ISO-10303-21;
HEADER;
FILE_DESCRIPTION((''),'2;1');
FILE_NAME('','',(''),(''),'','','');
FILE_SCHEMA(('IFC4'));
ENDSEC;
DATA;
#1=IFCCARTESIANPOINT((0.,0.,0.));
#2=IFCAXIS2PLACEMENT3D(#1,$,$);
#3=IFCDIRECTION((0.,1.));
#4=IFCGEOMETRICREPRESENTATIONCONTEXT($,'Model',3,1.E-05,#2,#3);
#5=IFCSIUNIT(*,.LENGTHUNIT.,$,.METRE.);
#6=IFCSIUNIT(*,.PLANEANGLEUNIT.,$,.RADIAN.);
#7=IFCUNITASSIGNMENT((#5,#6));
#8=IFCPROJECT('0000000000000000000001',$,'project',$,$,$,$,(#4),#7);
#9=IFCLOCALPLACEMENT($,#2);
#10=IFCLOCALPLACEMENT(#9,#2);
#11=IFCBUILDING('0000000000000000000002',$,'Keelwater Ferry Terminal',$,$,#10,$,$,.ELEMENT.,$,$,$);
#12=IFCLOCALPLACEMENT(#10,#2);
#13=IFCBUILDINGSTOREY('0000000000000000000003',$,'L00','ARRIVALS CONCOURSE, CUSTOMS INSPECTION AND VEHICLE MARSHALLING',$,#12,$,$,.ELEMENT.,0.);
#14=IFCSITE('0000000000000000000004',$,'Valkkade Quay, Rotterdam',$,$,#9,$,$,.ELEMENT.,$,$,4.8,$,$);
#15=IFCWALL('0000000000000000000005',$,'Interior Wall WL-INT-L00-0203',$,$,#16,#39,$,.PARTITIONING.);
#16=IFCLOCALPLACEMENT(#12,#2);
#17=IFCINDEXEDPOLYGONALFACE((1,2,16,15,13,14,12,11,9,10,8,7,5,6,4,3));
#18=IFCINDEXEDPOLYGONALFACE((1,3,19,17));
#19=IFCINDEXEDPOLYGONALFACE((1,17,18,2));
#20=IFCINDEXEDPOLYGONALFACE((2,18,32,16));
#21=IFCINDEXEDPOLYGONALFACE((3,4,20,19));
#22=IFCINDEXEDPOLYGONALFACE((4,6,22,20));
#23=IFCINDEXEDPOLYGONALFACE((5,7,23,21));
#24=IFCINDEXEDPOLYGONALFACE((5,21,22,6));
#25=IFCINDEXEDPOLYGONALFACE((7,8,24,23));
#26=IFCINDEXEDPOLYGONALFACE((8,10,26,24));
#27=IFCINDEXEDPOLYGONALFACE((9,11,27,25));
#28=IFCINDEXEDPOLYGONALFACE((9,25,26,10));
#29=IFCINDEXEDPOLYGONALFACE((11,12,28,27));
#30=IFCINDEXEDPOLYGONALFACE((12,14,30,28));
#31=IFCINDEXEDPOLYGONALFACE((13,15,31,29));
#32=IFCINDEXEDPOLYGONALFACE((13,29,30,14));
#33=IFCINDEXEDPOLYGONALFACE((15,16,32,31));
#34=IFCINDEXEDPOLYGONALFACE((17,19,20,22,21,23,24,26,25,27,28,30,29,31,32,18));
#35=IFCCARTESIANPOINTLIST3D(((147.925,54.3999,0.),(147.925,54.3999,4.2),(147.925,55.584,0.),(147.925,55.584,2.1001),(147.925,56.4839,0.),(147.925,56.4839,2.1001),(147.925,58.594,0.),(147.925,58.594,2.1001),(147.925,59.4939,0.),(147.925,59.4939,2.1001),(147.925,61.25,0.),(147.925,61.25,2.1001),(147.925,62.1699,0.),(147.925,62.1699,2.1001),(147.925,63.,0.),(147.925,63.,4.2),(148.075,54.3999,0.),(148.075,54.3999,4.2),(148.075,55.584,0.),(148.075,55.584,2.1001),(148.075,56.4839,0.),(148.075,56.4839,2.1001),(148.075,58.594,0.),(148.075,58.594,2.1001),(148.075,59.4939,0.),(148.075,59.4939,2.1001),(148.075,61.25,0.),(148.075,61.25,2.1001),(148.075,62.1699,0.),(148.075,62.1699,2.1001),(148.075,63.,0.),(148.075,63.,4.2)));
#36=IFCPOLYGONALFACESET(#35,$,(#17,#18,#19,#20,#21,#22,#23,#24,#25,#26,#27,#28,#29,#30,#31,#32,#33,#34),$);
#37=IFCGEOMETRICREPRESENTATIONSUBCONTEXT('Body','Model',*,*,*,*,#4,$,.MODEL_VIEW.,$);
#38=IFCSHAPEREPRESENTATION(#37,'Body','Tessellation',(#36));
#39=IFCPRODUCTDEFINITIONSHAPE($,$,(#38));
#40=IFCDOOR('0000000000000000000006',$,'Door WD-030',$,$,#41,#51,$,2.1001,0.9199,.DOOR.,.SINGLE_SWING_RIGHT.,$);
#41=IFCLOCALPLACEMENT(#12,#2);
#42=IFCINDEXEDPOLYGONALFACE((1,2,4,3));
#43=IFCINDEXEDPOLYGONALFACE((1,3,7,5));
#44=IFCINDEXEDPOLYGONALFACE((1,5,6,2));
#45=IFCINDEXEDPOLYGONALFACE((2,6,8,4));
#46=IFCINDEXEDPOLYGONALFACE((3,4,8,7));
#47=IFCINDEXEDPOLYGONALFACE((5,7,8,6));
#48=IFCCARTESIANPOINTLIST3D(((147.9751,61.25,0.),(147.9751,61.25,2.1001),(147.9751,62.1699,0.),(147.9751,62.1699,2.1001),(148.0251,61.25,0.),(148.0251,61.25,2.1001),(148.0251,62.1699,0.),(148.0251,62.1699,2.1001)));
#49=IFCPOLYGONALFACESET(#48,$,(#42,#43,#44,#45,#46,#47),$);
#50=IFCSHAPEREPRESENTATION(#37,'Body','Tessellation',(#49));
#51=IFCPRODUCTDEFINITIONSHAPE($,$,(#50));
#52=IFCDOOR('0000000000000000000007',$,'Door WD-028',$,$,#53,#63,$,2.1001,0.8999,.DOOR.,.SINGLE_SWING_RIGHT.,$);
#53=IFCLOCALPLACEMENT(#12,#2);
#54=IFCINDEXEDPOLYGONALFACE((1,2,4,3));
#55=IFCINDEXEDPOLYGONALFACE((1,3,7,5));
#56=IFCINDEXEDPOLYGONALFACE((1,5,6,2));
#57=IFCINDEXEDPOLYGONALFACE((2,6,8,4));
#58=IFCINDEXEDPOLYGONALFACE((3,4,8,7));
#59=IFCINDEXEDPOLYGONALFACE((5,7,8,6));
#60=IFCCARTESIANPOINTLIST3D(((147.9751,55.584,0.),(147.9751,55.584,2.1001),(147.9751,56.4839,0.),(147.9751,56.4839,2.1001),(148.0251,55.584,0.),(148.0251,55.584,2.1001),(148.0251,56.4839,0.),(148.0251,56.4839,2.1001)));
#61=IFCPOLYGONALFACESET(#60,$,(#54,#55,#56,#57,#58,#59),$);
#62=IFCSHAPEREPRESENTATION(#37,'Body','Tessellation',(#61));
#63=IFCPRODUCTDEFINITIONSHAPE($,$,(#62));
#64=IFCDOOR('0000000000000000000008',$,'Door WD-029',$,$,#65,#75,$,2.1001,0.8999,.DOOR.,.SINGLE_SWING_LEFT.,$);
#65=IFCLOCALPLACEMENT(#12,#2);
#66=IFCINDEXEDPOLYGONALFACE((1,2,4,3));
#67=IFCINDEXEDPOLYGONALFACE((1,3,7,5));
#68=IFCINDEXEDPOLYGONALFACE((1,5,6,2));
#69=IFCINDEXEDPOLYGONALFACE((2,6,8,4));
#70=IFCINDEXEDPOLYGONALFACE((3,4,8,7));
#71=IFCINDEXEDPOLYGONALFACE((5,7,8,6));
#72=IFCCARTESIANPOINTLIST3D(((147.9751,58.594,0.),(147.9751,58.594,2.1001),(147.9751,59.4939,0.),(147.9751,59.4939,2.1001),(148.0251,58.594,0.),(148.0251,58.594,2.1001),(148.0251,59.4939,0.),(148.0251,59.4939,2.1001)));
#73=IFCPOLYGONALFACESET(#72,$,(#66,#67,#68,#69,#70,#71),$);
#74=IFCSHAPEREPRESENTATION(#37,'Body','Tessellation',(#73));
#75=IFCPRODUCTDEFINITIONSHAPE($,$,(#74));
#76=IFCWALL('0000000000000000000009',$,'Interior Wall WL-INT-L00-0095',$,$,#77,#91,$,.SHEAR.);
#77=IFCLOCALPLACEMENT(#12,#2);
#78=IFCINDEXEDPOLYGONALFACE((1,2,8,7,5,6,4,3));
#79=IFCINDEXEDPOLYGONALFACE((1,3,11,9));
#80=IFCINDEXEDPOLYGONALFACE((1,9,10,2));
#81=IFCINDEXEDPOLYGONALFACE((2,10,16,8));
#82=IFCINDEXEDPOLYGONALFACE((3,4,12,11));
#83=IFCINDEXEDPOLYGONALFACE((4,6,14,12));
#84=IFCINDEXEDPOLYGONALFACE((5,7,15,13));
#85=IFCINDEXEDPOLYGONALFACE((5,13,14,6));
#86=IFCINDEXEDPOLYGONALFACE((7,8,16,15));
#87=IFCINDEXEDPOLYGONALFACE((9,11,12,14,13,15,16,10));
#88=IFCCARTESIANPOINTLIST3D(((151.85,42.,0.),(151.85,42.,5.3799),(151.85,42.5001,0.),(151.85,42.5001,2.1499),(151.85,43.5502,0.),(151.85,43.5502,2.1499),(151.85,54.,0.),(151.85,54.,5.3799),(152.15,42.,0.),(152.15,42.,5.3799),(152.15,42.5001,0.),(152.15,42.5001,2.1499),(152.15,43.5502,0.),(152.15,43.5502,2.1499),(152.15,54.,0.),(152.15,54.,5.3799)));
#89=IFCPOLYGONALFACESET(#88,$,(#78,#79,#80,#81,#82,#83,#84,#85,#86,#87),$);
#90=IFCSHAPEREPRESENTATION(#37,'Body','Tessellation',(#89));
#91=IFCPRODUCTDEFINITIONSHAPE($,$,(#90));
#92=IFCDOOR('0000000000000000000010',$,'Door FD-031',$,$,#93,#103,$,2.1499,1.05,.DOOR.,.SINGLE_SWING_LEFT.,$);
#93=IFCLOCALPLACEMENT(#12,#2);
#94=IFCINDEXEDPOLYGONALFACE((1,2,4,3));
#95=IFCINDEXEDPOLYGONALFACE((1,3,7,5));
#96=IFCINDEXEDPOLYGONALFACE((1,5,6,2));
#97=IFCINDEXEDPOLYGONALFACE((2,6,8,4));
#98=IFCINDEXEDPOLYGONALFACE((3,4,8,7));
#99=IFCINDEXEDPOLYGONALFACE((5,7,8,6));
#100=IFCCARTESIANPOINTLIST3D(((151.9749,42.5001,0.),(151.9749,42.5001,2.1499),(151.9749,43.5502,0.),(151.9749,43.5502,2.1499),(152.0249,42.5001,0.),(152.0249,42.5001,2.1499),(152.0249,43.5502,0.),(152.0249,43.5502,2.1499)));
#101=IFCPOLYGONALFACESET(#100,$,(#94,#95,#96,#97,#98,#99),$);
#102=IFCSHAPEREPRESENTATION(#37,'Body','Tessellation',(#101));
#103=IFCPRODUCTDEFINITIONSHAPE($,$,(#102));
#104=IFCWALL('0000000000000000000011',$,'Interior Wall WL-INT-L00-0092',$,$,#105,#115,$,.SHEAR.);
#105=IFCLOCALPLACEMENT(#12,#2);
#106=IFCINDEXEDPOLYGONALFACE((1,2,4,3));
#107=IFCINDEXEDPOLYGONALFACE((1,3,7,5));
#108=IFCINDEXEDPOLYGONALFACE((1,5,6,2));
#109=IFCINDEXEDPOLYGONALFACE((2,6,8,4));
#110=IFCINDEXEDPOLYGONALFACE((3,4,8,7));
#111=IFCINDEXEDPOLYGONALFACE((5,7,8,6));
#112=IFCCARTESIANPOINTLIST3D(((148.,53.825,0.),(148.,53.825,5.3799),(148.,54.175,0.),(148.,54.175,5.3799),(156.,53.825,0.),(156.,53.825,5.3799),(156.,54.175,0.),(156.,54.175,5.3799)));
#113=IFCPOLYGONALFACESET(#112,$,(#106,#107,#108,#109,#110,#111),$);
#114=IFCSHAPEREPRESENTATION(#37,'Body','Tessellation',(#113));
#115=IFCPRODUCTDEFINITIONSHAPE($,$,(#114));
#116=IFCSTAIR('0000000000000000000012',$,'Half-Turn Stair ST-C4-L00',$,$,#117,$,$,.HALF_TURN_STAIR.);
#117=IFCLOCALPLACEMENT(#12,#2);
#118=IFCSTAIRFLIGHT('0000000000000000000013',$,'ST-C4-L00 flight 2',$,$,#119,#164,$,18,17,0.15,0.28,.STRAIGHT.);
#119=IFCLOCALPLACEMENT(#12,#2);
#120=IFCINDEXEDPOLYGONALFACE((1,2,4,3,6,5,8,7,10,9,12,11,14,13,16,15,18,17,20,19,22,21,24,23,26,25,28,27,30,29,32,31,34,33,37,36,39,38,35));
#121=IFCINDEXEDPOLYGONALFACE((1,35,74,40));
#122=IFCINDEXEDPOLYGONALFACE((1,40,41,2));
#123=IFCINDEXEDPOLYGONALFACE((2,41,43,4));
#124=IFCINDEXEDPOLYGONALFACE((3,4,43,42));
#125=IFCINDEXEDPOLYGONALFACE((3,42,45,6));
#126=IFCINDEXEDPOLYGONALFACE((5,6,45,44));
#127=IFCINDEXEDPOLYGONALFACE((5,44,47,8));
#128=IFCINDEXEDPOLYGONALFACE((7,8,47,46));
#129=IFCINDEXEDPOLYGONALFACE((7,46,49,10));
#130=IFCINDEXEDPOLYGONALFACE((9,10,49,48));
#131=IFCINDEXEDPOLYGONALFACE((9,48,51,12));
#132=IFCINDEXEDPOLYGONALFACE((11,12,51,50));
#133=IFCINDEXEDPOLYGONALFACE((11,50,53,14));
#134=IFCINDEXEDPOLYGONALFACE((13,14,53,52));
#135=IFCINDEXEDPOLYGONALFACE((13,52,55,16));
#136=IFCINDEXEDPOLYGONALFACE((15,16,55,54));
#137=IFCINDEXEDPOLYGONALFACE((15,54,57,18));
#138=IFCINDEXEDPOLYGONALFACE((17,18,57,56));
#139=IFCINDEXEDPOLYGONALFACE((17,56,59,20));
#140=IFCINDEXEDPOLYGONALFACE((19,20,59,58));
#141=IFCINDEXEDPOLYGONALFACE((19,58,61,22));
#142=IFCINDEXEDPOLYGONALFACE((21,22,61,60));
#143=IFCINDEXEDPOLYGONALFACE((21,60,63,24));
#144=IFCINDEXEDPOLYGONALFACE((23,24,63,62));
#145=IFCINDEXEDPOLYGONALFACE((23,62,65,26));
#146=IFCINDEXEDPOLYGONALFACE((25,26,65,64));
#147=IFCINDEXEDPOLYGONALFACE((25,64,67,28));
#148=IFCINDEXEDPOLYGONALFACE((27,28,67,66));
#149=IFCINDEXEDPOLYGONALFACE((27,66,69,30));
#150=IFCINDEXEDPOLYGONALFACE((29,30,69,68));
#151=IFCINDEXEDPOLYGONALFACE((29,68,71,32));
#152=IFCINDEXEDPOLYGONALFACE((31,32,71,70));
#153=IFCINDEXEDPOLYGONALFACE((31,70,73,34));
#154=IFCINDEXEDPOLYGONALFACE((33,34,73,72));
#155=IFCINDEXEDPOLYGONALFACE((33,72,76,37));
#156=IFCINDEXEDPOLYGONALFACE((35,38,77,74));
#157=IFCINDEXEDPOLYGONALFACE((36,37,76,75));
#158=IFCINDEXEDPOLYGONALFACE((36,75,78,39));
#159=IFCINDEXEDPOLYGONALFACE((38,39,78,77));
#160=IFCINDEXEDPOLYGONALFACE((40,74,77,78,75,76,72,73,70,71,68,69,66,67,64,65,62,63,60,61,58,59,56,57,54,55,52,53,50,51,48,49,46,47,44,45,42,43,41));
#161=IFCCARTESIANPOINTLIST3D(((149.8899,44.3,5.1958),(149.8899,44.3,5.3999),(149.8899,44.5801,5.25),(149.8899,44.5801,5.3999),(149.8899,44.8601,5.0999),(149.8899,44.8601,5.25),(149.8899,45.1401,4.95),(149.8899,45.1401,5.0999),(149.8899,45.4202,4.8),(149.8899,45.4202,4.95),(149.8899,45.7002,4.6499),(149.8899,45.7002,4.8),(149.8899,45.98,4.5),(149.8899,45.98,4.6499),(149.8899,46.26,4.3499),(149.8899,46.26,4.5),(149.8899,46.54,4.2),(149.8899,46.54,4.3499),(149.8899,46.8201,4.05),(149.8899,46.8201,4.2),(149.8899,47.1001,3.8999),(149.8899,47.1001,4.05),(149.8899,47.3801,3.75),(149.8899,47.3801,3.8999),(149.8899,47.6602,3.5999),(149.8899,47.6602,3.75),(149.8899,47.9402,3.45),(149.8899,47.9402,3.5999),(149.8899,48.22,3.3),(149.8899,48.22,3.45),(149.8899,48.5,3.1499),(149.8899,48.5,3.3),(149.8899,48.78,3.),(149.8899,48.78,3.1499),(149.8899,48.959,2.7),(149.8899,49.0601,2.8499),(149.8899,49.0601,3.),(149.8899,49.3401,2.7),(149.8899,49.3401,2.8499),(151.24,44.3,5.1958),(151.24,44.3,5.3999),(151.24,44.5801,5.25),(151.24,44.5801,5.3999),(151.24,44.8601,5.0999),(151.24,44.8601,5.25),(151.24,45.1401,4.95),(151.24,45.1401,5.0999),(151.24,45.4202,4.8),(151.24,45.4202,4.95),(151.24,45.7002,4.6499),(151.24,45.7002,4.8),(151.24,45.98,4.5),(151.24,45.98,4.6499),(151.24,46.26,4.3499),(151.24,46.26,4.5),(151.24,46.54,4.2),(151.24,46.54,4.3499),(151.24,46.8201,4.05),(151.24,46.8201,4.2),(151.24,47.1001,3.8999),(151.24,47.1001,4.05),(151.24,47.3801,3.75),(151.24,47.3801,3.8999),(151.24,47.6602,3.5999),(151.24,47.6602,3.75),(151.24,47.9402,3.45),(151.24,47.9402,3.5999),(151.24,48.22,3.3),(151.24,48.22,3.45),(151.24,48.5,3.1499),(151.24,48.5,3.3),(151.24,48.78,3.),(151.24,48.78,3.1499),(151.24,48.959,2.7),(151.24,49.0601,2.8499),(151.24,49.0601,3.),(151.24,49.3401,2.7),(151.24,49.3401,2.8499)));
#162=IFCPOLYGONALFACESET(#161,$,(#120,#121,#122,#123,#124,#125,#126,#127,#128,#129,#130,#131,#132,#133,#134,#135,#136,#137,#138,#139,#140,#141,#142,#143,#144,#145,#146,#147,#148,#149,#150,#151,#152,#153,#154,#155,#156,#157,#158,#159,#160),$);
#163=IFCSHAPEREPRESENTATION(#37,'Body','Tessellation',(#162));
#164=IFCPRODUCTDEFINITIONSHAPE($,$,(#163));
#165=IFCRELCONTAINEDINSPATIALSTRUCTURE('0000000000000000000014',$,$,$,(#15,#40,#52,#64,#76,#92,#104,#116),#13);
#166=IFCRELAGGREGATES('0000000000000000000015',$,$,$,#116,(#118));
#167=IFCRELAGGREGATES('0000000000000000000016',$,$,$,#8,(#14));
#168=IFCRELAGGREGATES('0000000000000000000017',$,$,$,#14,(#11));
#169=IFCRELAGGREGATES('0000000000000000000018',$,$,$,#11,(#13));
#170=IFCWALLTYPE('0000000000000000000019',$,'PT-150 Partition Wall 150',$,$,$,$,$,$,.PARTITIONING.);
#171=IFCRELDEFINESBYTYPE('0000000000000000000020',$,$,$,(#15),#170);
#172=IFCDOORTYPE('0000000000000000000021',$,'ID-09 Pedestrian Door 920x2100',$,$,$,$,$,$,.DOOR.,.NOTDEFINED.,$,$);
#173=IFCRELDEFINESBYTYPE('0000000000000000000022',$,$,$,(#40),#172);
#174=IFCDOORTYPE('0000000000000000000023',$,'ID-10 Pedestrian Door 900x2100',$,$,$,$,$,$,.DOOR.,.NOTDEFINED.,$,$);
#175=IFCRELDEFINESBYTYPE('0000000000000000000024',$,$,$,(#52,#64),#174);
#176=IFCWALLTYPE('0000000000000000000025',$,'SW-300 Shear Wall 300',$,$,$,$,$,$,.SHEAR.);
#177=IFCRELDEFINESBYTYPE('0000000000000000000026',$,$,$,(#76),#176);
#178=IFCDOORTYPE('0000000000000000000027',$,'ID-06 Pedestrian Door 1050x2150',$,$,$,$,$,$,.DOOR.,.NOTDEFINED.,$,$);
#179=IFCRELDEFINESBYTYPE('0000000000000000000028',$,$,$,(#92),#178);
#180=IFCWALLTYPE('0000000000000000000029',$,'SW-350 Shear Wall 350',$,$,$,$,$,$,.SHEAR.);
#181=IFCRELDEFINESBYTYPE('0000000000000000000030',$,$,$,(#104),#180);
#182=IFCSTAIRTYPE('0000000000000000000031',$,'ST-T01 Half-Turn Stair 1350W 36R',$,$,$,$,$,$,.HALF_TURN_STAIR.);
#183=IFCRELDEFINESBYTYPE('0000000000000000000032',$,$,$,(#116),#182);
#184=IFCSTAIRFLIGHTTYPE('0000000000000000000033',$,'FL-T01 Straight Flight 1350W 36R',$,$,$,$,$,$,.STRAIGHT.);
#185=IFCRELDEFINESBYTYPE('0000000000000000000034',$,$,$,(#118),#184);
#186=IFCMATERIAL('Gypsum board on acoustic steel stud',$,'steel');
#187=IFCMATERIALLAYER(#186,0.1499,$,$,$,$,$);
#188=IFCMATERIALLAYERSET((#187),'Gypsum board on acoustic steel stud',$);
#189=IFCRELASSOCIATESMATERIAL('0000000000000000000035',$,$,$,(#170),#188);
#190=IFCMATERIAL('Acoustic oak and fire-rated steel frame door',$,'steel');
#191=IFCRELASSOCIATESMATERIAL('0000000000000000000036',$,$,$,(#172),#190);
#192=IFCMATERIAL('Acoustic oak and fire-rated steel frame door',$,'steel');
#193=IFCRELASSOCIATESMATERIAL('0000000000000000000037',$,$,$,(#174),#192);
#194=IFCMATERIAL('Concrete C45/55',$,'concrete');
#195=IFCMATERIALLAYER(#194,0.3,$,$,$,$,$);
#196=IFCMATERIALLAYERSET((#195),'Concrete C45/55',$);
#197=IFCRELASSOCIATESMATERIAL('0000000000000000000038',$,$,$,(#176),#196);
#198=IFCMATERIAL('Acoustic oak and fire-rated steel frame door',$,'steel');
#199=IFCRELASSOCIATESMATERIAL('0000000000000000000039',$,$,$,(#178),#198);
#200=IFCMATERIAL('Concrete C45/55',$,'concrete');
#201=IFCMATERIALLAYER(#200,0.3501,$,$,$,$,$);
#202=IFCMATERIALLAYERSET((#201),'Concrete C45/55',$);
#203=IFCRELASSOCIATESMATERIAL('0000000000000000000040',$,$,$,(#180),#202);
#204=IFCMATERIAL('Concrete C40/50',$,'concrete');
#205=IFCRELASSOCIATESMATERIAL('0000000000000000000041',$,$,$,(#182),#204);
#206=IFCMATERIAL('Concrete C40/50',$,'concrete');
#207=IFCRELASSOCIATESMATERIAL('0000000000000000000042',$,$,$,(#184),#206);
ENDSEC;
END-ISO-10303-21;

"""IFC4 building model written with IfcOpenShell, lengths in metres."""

from ifc_helpers import new_model, si_unit, direction, frame, frame_2d, origin, place, context, subcontext, project, spatial, polyline, rectangle, outline, extrude, material, layer, layer_set, type_object, element, fill, aggregate, save


model = new_model("IFC4")

# Units and contexts
model_context = context("Model", 3, precision=1e-05, world=origin(), true_north=direction((0.0, 1.0)))
body_context = subcontext(model_context, "Body", "Model", "MODEL_VIEW")
ifc_project = project(units=[si_unit("LENGTHUNIT", "METRE"), si_unit("PLANEANGLEUNIT", "RADIAN")], contexts=[model_context])

# Site, building, storey
site_placement = place(None, origin())
site = spatial("IfcSite", under=ifc_project, at=site_placement, Name="Valkkade Quay, Rotterdam", CompositionType="ELEMENT", RefElevation=4.8)
building_placement = place(site_placement, origin())
building = spatial("IfcBuilding", under=site, at=building_placement, Name="Keelwater Ferry Terminal", CompositionType="ELEMENT")
storey_placement = place(building_placement, origin())
storey = spatial("IfcBuildingStorey", under=building, at=storey_placement, Name="L00", Description="ARRIVALS CONCOURSE, CUSTOMS INSPECTION AND VEHICLE MARSHALLING", CompositionType="ELEMENT", Elevation=0.0)

# Wall, openings, doors
ifc_material_1 = material(Name="Gypsum board on acoustic steel stud", Category="steel")
ifc_layer_1 = layer(ifc_material_1, 0.1499)
ifc_layer_set_1 = layer_set([ifc_layer_1], Name="Gypsum board on acoustic steel stud")
wall_type_1 = type_object("IfcWallType", Name="PT-150 Partition Wall 150", PredefinedType="PARTITIONING", material=ifc_layer_set_1)
wall_1_placement = place(storey_placement, frame((148.0, 54.3999, 0.0), z_axis=(0.0, 0.0, 1.0), x_axis=(0.0, 1.0, 0.0)))
wall_1 = element("IfcWall", 1, at=wall_1_placement, inside=storey, type_object=wall_type_1, Name="Interior Wall WL-INT-L00-0203", PredefinedType="PARTITIONING", context=body_context, shape_type="SweptSolid", body=[
    extrude(rectangle(XDim=8.6001, YDim=0.1499, at=frame_2d((4.3, 0.0))), origin(), (0.0, 0.0, 1.0), 4.2),
])
opening_1_placement = place(wall_1_placement, frame((1.1841, 0.0, 0.0)))
opening_1 = element("IfcOpeningElement", 2, at=opening_1_placement, cuts=wall_1, PredefinedType="OPENING", context=body_context, shape_type="SweptSolid", body=[
    extrude(rectangle(XDim=0.8999, YDim=2.1001, at=frame_2d((0.45, 1.05))), frame((0.0, 0.085, 0.0), z_axis=(0.0, -1.0, 0.0), x_axis=(1.0, 0.0, 0.0)), (0.0, 0.0, 1.0), 0.1699),
])
opening_2_placement = place(wall_1_placement, frame((4.1941, 0.0, 0.0)))
opening_2 = element("IfcOpeningElement", 3, at=opening_2_placement, cuts=wall_1, PredefinedType="OPENING", context=body_context, shape_type="SweptSolid", body=[
    extrude(rectangle(XDim=0.8999, YDim=2.1001, at=frame_2d((0.45, 1.05))), frame((0.0, 0.085, 0.0), z_axis=(0.0, -1.0, 0.0), x_axis=(1.0, 0.0, 0.0)), (0.0, 0.0, 1.0), 0.1699),
])
opening_3_placement = place(wall_1_placement, frame((6.8501, 0.0, 0.0)))
opening_3 = element("IfcOpeningElement", 4, at=opening_3_placement, cuts=wall_1, PredefinedType="OPENING", context=body_context, shape_type="SweptSolid", body=[
    extrude(rectangle(XDim=0.9199, YDim=2.1001, at=frame_2d((0.46, 1.05))), frame((0.0, 0.085, 0.0), z_axis=(0.0, -1.0, 0.0), x_axis=(1.0, 0.0, 0.0)), (0.0, 0.0, 1.0), 0.1699),
])
ifc_material_2 = material(Name="Acoustic oak and fire-rated steel frame door", Category="steel")
door_type_1 = type_object("IfcDoorType", Name="ID-09 Pedestrian Door 920x2100", OperationType="NOTDEFINED", PredefinedType="DOOR", material=ifc_material_2)
door_1_placement = place(opening_3_placement, origin())
door_1 = element("IfcDoor", 5, at=door_1_placement, inside=storey, type_object=door_type_1, Name="Door WD-030", OperationType="SINGLE_SWING_RIGHT", OverallHeight=2.1001, OverallWidth=0.9199, PredefinedType="DOOR", context=body_context, shape_type="SweptSolid", body=[
    extrude(rectangle(XDim=0.9199, YDim=2.1001, at=frame_2d((0.46, 1.05))), frame((0.0, 0.0249, 0.0), z_axis=(0.0, -1.0, 0.0), x_axis=(1.0, 0.0, 0.0)), (0.0, 0.0, 1.0), 0.05),
])
fill(opening_3, door_1)
ifc_material_3 = material(Name="Acoustic oak and fire-rated steel frame door", Category="steel")
door_type_2 = type_object("IfcDoorType", Name="ID-10 Pedestrian Door 900x2100", OperationType="NOTDEFINED", PredefinedType="DOOR", material=ifc_material_3)
door_2_placement = place(opening_1_placement, origin())
door_2 = element("IfcDoor", 6, at=door_2_placement, inside=storey, type_object=door_type_2, Name="Door WD-028", OperationType="SINGLE_SWING_RIGHT", OverallHeight=2.1001, OverallWidth=0.8999, PredefinedType="DOOR", context=body_context, shape_type="SweptSolid", body=[
    extrude(rectangle(XDim=0.8999, YDim=2.1001, at=frame_2d((0.45, 1.05))), frame((0.0, 0.0249, 0.0), z_axis=(0.0, -1.0, 0.0), x_axis=(1.0, 0.0, 0.0)), (0.0, 0.0, 1.0), 0.05),
])
fill(opening_1, door_2)
door_3_placement = place(opening_2_placement, origin())
door_3 = element("IfcDoor", 7, at=door_3_placement, inside=storey, type_object=door_type_2, Name="Door WD-029", OperationType="SINGLE_SWING_LEFT", OverallHeight=2.1001, OverallWidth=0.8999, PredefinedType="DOOR", context=body_context, shape_type="SweptSolid", body=[
    extrude(rectangle(XDim=0.8999, YDim=2.1001, at=frame_2d((0.45, 1.05))), frame((0.0, 0.0249, 0.0), z_axis=(0.0, -1.0, 0.0), x_axis=(1.0, 0.0, 0.0)), (0.0, 0.0, 1.0), 0.05),
])
fill(opening_2, door_3)

# Wall, opening, door
ifc_material_4 = material(Name="Concrete C45/55", Category="concrete")
ifc_layer_2 = layer(ifc_material_4, 0.3)
ifc_layer_set_2 = layer_set([ifc_layer_2], Name="Concrete C45/55")
wall_type_2 = type_object("IfcWallType", Name="SW-300 Shear Wall 300", PredefinedType="SHEAR", material=ifc_layer_set_2)
wall_2_placement = place(storey_placement, frame((152.0, 54.0, 0.0), z_axis=(0.0, 0.0, 1.0), x_axis=(0.0, -1.0, 0.0)))
wall_2 = element("IfcWall", 8, at=wall_2_placement, inside=storey, type_object=wall_type_2, Name="Interior Wall WL-INT-L00-0095", PredefinedType="SHEAR", context=body_context, shape_type="SweptSolid", body=[
    extrude(rectangle(XDim=12.0, YDim=0.3, at=frame_2d((6.0, 0.0))), origin(), (0.0, 0.0, 1.0), 5.3799),
])
opening_4_placement = place(wall_2_placement, frame((10.45, 0.0, 0.0)))
opening_4 = element("IfcOpeningElement", 9, at=opening_4_placement, cuts=wall_2, PredefinedType="OPENING", context=body_context, shape_type="SweptSolid", body=[
    extrude(rectangle(XDim=1.05, YDim=2.1499, at=frame_2d((0.5249, 1.075))), frame((0.0, 0.1599, 0.0), z_axis=(0.0, -1.0, 0.0), x_axis=(1.0, 0.0, 0.0)), (0.0, 0.0, 1.0), 0.3201),
])
ifc_material_5 = material(Name="Acoustic oak and fire-rated steel frame door", Category="steel")
door_type_3 = type_object("IfcDoorType", Name="ID-06 Pedestrian Door 1050x2150", OperationType="NOTDEFINED", PredefinedType="DOOR", material=ifc_material_5)
door_4_placement = place(opening_4_placement, origin())
door_4 = element("IfcDoor", 10, at=door_4_placement, inside=storey, type_object=door_type_3, Name="Door FD-031", OperationType="SINGLE_SWING_LEFT", OverallHeight=2.1499, OverallWidth=1.05, PredefinedType="DOOR", context=body_context, shape_type="SweptSolid", body=[
    extrude(rectangle(XDim=1.05, YDim=2.1499, at=frame_2d((0.5249, 1.075))), frame((0.0, 0.0249, 0.0), z_axis=(0.0, -1.0, 0.0), x_axis=(1.0, 0.0, 0.0)), (0.0, 0.0, 1.0), 0.05),
])
fill(opening_4, door_4)

# Wall
ifc_material_6 = material(Name="Concrete C45/55", Category="concrete")
ifc_layer_3 = layer(ifc_material_6, 0.3501)
ifc_layer_set_3 = layer_set([ifc_layer_3], Name="Concrete C45/55")
wall_type_3 = type_object("IfcWallType", Name="SW-350 Shear Wall 350", PredefinedType="SHEAR", material=ifc_layer_set_3)
wall_3_placement = place(storey_placement, frame((148.0, 54.0, 0.0), z_axis=(0.0, 0.0, 1.0), x_axis=(1.0, 0.0, 0.0)))
element("IfcWall", 11, at=wall_3_placement, inside=storey, type_object=wall_type_3, Name="Interior Wall WL-INT-L00-0092", PredefinedType="SHEAR", context=body_context, shape_type="SweptSolid", body=[
    extrude(rectangle(XDim=8.0, YDim=0.3501, at=frame_2d((4.0, 0.0))), origin(), (0.0, 0.0, 1.0), 5.3799),
])

# Stair, stair flight
ifc_material_7 = material(Name="Concrete C40/50", Category="concrete")
stair_type = type_object("IfcStairType", Name="ST-T01 Half-Turn Stair 1350W 36R", PredefinedType="HALF_TURN_STAIR", material=ifc_material_7)
stair_placement = place(storey_placement, origin())
stair = element("IfcStair", 12, at=stair_placement, inside=storey, type_object=stair_type, Name="Half-Turn Stair ST-C4-L00", PredefinedType="HALF_TURN_STAIR")
ifc_material_8 = material(Name="Concrete C40/50", Category="concrete")
stair_flight_type = type_object("IfcStairFlightType", Name="FL-T01 Straight Flight 1350W 36R", PredefinedType="STRAIGHT", material=ifc_material_8)
stair_flight_placement = place(storey_placement, frame((150.5649, 49.3401, 2.7), z_axis=(0.0, 0.0, 1.0), x_axis=(0.0, -1.0, 0.0)))
stair_flight = element("IfcStairFlight", 13, at=stair_flight_placement, type_object=stair_flight_type, Name="ST-C4-L00 flight 2", NumberOfRisers=18, NumberOfTreads=17, PredefinedType="STRAIGHT", RiserHeight=0.15, TreadLength=0.28, context=body_context, shape_type="SweptSolid", body=[
    extrude(outline(polyline([(0.0, 0.0), (0.0, 0.1499), (0.28, 0.1499), (0.28, 0.3), (0.5601, 0.3), (0.5601, 0.45), (0.8401, 0.45), (0.8401, 0.6001), (1.1201, 0.6001), (1.1201, 0.75), (1.3999, 0.75), (1.3999, 0.8999), (1.6799, 0.8999), (1.6799, 1.05), (1.96, 1.05), (1.96, 1.2), (2.24, 1.2), (2.24, 1.3501), (2.52, 1.3501), (2.52, 1.5), (2.8, 1.5), (2.8, 1.6499), (3.0801, 1.6499), (3.0801, 1.8), (3.3601, 1.8), (3.3601, 1.95), (3.6399, 1.95), (3.6399, 2.1001), (3.9199, 2.1001), (3.9199, 2.25), (4.2, 2.25), (4.2, 2.3999), (4.48, 2.3999), (4.48, 2.55), (4.76, 2.55), (4.76, 2.7), (5.04, 2.7), (5.04, 2.4958), (0.3811, 0.0), (0.0, 0.0)])), frame((0.0, 0.675, 0.0), z_axis=(0.0, -1.0, 0.0), x_axis=(1.0, 0.0, 0.0)), (0.0, 0.0, 1.0), 1.3501),
])
aggregate(stair, [stair_flight])

save(model, "model.ifc")
